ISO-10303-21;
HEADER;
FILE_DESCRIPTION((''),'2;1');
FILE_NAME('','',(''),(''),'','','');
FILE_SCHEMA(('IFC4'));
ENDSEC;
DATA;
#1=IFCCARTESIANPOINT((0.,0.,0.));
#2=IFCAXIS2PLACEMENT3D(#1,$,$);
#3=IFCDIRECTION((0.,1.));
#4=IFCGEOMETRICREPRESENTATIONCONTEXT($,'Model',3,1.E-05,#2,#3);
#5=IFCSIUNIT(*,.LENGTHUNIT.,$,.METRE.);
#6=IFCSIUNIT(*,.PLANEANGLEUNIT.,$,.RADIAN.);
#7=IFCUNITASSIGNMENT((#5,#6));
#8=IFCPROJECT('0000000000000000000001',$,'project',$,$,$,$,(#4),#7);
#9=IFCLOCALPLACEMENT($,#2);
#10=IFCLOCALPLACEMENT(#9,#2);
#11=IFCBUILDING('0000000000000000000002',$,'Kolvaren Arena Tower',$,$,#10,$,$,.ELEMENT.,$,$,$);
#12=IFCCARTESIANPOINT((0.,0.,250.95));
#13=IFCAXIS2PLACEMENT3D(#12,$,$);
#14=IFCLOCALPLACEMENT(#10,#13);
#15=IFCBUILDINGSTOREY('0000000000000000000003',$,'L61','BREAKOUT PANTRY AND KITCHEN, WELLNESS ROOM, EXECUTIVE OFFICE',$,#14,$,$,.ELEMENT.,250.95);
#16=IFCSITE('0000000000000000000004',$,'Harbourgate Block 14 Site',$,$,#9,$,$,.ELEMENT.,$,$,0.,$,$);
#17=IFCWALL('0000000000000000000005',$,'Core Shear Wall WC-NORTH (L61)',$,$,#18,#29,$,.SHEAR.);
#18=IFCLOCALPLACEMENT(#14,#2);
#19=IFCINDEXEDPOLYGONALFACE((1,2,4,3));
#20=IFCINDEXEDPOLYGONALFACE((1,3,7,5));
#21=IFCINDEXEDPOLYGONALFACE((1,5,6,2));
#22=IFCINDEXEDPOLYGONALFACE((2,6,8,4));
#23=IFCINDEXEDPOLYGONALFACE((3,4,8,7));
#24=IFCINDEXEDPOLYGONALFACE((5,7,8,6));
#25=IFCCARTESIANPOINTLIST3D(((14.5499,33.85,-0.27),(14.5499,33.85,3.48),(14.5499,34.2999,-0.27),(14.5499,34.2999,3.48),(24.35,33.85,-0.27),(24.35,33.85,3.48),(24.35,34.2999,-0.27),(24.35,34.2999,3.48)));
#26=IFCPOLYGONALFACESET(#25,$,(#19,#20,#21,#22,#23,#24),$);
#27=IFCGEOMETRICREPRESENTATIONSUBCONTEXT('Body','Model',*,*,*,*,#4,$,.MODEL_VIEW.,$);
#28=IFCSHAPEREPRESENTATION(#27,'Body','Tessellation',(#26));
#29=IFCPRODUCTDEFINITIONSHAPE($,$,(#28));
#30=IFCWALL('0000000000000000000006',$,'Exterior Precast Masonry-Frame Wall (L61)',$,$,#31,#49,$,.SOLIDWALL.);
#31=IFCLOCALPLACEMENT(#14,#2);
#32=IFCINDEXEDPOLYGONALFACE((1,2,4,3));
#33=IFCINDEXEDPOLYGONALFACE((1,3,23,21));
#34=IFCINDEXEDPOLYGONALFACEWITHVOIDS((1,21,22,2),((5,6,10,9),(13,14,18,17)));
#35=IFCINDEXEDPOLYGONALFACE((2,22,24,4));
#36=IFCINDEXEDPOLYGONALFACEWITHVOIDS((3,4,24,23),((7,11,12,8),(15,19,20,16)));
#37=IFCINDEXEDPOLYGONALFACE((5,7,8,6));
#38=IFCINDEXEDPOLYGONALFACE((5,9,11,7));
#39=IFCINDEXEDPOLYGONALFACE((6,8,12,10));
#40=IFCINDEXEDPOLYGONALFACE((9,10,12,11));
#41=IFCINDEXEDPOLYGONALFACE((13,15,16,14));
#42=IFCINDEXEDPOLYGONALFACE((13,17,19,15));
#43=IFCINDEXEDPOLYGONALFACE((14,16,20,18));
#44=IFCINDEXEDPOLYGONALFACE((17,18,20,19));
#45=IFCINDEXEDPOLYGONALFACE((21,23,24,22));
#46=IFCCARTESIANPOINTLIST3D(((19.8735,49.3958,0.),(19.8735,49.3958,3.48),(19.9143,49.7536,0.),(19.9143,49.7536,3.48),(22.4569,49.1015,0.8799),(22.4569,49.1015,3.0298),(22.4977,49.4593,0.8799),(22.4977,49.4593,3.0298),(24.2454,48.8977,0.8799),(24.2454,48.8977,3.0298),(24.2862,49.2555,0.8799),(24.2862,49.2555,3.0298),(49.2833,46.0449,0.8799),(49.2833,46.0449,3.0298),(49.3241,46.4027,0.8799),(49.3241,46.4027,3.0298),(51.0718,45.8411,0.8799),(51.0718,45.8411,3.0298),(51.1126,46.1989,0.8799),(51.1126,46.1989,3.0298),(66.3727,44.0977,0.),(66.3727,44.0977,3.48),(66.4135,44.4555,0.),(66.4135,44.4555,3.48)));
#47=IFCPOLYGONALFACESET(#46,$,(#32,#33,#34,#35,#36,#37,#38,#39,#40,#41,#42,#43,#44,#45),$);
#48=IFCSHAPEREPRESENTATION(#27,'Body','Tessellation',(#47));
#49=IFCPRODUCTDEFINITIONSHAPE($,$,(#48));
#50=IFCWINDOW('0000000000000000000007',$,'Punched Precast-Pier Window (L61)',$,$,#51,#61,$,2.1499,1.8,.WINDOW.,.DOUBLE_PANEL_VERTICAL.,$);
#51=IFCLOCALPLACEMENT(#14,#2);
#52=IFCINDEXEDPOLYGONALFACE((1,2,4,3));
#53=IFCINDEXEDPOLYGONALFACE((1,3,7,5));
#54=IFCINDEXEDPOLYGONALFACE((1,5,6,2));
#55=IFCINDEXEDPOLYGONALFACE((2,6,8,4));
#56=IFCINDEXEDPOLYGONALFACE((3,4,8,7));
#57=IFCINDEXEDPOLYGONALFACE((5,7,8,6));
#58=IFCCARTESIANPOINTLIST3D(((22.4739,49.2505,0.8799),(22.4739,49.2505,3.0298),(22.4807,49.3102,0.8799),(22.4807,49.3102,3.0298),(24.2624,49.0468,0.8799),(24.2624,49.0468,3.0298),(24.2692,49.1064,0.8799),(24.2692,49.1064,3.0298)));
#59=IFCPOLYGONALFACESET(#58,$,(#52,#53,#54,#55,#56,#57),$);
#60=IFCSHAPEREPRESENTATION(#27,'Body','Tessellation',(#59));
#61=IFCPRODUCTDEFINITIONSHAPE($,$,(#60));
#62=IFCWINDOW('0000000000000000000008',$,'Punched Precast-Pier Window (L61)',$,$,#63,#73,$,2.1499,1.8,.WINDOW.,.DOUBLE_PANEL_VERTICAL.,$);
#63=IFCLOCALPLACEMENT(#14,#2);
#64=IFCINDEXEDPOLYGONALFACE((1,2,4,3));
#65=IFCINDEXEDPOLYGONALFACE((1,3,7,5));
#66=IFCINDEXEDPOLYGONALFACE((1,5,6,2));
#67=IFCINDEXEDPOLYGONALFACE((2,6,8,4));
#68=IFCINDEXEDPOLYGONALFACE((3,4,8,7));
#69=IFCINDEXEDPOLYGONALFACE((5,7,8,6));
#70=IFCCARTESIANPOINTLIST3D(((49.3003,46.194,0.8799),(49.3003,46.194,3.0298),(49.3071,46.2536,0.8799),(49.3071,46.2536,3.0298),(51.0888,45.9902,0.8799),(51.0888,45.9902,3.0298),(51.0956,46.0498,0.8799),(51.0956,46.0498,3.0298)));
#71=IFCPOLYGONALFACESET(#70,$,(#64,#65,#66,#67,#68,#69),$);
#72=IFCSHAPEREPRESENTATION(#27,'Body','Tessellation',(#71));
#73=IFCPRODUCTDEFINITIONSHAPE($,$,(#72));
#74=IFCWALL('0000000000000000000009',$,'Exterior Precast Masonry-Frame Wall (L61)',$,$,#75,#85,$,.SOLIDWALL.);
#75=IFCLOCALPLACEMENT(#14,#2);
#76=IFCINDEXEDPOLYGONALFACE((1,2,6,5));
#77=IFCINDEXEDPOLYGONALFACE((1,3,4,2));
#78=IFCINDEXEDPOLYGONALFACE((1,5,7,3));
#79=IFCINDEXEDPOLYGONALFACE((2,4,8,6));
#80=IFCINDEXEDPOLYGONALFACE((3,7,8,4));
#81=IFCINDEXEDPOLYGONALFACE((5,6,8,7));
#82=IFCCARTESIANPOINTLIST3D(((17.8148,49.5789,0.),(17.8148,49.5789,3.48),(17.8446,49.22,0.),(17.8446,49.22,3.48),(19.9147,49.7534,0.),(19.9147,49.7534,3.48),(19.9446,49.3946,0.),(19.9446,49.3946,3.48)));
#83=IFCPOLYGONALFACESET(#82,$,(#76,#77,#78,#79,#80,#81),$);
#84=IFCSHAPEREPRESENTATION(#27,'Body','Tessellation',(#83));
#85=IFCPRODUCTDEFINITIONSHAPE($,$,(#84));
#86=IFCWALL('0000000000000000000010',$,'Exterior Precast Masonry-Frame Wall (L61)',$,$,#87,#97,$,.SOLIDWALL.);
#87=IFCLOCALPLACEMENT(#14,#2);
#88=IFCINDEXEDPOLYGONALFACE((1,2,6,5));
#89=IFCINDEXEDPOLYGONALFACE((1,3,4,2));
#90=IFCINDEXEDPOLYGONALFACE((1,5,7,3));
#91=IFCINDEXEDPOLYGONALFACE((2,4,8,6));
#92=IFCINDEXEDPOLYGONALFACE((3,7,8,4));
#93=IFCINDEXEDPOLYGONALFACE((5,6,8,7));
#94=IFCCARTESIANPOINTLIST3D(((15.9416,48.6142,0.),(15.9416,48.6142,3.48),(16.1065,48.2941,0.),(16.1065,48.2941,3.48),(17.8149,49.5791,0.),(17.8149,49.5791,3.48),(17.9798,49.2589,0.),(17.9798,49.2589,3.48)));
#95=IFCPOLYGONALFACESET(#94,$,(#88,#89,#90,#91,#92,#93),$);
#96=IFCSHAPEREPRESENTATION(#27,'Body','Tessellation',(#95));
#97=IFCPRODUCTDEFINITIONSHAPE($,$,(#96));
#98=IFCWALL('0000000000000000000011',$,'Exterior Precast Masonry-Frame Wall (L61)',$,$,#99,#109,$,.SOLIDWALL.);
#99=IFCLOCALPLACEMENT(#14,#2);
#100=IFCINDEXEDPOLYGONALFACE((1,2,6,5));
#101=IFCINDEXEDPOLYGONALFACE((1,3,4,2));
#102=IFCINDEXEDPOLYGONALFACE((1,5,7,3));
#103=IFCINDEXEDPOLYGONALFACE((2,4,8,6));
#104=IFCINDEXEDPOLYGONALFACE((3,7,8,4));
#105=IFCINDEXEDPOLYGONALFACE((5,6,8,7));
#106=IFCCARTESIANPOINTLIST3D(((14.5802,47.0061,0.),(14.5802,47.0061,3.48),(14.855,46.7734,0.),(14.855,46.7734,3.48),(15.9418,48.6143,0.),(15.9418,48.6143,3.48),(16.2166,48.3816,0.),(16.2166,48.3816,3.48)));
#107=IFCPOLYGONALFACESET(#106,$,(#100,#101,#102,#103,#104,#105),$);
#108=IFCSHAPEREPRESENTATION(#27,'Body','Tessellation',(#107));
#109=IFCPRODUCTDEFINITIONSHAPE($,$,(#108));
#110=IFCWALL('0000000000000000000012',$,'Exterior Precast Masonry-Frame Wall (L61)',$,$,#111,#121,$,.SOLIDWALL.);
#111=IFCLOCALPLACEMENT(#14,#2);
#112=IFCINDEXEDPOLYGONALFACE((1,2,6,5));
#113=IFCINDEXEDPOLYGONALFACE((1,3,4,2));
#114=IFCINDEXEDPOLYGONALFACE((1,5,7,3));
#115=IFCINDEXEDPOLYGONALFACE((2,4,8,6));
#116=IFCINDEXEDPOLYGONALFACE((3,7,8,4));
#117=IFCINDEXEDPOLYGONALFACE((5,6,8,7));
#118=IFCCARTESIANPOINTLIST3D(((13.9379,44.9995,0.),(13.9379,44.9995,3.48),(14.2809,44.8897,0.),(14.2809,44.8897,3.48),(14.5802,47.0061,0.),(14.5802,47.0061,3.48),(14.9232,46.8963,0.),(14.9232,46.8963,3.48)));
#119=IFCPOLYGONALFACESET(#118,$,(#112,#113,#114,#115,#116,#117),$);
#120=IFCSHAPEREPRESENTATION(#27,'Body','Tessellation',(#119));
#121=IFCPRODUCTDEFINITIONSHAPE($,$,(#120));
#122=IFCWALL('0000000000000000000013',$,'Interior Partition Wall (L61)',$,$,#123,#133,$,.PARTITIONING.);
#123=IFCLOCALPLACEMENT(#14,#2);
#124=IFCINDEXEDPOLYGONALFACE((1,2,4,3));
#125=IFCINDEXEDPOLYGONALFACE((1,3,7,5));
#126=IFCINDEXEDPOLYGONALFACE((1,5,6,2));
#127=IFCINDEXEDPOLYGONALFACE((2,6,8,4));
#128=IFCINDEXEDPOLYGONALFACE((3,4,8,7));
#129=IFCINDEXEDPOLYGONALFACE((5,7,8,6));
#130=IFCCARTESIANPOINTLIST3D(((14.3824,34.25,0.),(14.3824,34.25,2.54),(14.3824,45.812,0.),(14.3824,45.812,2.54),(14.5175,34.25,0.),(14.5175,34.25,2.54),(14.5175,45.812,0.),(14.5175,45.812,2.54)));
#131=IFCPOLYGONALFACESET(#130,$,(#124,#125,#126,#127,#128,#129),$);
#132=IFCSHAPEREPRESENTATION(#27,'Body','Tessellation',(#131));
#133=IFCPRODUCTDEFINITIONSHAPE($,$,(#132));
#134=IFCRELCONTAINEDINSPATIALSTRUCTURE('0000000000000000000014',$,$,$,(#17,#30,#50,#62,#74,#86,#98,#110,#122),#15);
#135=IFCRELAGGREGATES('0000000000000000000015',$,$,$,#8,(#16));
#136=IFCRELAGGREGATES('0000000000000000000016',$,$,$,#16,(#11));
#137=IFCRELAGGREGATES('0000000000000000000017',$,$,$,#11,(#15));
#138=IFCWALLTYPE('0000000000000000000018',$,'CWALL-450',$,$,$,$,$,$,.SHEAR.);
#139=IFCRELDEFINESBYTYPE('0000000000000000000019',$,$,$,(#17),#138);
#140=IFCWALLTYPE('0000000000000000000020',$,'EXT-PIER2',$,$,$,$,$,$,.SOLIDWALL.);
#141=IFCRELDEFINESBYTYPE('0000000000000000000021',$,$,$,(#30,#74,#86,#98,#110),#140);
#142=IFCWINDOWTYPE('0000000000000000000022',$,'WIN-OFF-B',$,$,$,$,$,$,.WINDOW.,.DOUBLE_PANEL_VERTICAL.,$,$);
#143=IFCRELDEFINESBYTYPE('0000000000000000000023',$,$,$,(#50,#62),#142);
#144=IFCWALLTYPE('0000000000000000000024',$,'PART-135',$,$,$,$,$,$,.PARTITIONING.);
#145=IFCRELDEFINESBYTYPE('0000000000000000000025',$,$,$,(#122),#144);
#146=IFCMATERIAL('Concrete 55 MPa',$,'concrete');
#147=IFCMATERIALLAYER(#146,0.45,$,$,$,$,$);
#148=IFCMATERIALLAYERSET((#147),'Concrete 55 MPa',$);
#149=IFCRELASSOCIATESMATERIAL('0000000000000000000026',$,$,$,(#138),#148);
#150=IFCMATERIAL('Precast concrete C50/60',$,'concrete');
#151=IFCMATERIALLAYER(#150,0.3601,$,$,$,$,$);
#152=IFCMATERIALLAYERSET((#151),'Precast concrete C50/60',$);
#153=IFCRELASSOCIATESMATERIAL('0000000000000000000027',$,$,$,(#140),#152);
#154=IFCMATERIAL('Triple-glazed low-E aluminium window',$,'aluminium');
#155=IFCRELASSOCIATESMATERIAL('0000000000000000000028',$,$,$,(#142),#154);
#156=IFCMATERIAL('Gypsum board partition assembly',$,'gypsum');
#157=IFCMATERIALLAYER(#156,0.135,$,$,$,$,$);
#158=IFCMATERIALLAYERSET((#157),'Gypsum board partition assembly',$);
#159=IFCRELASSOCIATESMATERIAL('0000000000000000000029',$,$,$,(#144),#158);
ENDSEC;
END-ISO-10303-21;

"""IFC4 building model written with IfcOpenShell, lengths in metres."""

from ifc_helpers import new_model, si_unit, direction, frame, frame_2d, origin, place, context, subcontext, project, spatial, rectangle, extrude, material, layer, layer_set, type_object, element, fill, save


model = new_model("IFC4")

# Units and contexts
model_context = context("Model", 3, precision=1e-05, world=origin(), true_north=direction((0.0, 1.0)))
body_context = subcontext(model_context, "Body", "Model", "MODEL_VIEW")
ifc_project = project(units=[si_unit("LENGTHUNIT", "METRE"), si_unit("PLANEANGLEUNIT", "RADIAN")], contexts=[model_context])

# Site, building, storey
site_placement = place(None, origin())
site = spatial("IfcSite", under=ifc_project, at=site_placement, Name="Harbourgate Block 14 Site", CompositionType="ELEMENT", RefElevation=0.0)
building_placement = place(site_placement, origin())
building = spatial("IfcBuilding", under=site, at=building_placement, Name="Kolvaren Arena Tower", CompositionType="ELEMENT")
storey_placement = place(building_placement, frame((0.0, 0.0, 250.95)))
storey = spatial("IfcBuildingStorey", under=building, at=storey_placement, Name="L61", Description="BREAKOUT PANTRY AND KITCHEN, WELLNESS ROOM, EXECUTIVE OFFICE", CompositionType="ELEMENT", Elevation=250.95)

# Wall
ifc_material_1 = material(Name="Concrete 55 MPa", Category="concrete")
ifc_layer_1 = layer(ifc_material_1, 0.45)
ifc_layer_set_1 = layer_set([ifc_layer_1], Name="Concrete 55 MPa")
wall_type_1 = type_object("IfcWallType", Name="CWALL-450", PredefinedType="SHEAR", material=ifc_layer_set_1)
wall_1_placement = place(storey_placement, frame((14.55, 34.075, -0.27), z_axis=(0.0, 0.0, 1.0), x_axis=(1.0, 0.0, 0.0)))
element("IfcWall", 1, at=wall_1_placement, inside=storey, type_object=wall_type_1, Name="Core Shear Wall WC-NORTH (L61)", PredefinedType="SHEAR", context=body_context, shape_type="SweptSolid", body=[
    extrude(rectangle(XDim=9.8, YDim=0.45, at=frame_2d((4.8999, 0.0))), origin(), (0.0, 0.0, 1.0), 3.75),
])

# Wall, openings, windows
ifc_material_2 = material(Name="Precast concrete C50/60", Category="concrete")
ifc_layer_2 = layer(ifc_material_2, 0.3601)
ifc_layer_set_2 = layer_set([ifc_layer_2], Name="Precast concrete C50/60")
wall_type_2 = type_object("IfcWallType", Name="EXT-PIER2", PredefinedType="SOLIDWALL", material=ifc_layer_set_2)
wall_2_placement = place(storey_placement, frame((19.894, 49.5747, 0.0), z_axis=(0.0, 0.0, 1.0), x_axis=(0.993571, -0.113207, 0.0)))
wall_2 = element("IfcWall", 2, at=wall_2_placement, inside=storey, type_object=wall_type_2, Name="Exterior Precast Masonry-Frame Wall (L61)", PredefinedType="SOLIDWALL", context=body_context, shape_type="SweptSolid", body=[
    extrude(rectangle(XDim=46.8, YDim=0.3601, at=frame_2d((23.3999, 0.0))), origin(), (0.0, 0.0, 1.0), 3.48),
])
opening_1_placement = place(wall_2_placement, frame((2.6001, 0.0, 0.8799)))
opening_1 = element("IfcOpeningElement", 3, at=opening_1_placement, cuts=wall_2, PredefinedType="OPENING", context=body_context, shape_type="SweptSolid", body=[
    extrude(rectangle(XDim=1.8, YDim=2.1499, at=frame_2d((0.8999, 1.075))), frame((0.0, 0.1899, 0.0), z_axis=(0.0, -1.0, 0.0), x_axis=(1.0, 0.0, 0.0)), (0.0, 0.0, 1.0), 0.3801),
])
opening_2_placement = place(wall_2_placement, frame((29.6001, 0.0, 0.8799)))
opening_2 = element("IfcOpeningElement", 4, at=opening_2_placement, cuts=wall_2, PredefinedType="OPENING", context=body_context, shape_type="SweptSolid", body=[
    extrude(rectangle(XDim=1.8, YDim=2.1499, at=frame_2d((0.8999, 1.075))), frame((0.0, 0.1899, 0.0), z_axis=(0.0, -1.0, 0.0), x_axis=(1.0, 0.0, 0.0)), (0.0, 0.0, 1.0), 0.3801),
])
ifc_material_3 = material(Name="Triple-glazed low-E aluminium window", Category="aluminium")
window_type = type_object("IfcWindowType", Name="WIN-OFF-B", PartitioningType="DOUBLE_PANEL_VERTICAL", PredefinedType="WINDOW", material=ifc_material_3)
window_1_placement = place(opening_1_placement, origin())
window_1 = element("IfcWindow", 5, at=window_1_placement, inside=storey, type_object=window_type, Name="Punched Precast-Pier Window (L61)", OverallHeight=2.1499, OverallWidth=1.8, PartitioningType="DOUBLE_PANEL_VERTICAL", PredefinedType="WINDOW", context=body_context, shape_type="SweptSolid", body=[
    extrude(rectangle(XDim=1.8, YDim=2.1499, at=frame_2d((0.8999, 1.075))), frame((0.0, 0.03, 0.0), z_axis=(0.0, -1.0, 0.0), x_axis=(1.0, 0.0, 0.0)), (0.0, 0.0, 1.0), 0.0601),
])
fill(opening_1, window_1)
window_2_placement = place(opening_2_placement, origin())
window_2 = element("IfcWindow", 6, at=window_2_placement, inside=storey, type_object=window_type, Name="Punched Precast-Pier Window (L61)", OverallHeight=2.1499, OverallWidth=1.8, PartitioningType="DOUBLE_PANEL_VERTICAL", PredefinedType="WINDOW", context=body_context, shape_type="SweptSolid", body=[
    extrude(rectangle(XDim=1.8, YDim=2.1499, at=frame_2d((0.8999, 1.075))), frame((0.0, 0.03, 0.0), z_axis=(0.0, -1.0, 0.0), x_axis=(1.0, 0.0, 0.0)), (0.0, 0.0, 1.0), 0.0601),
])
fill(opening_2, window_2)

# Walls
for number, where, z_axis, x_axis, name in (
    (7, (17.8296, 49.3994, 0.0), (0.0, 0.0, 1.0), (0.996563, 0.082844, 0.0), "Exterior Precast Masonry-Frame Wall (L61)"),
    (8, (16.0239, 48.4541, 0.0), (0.0, 0.0, 1.0), (0.88901, 0.457887, 0.0), "Exterior Precast Masonry-Frame Wall (L61)"),
    (9, (14.7175, 46.8896, 0.0), (0.0, 0.0, 1.0), (0.646171, 0.763193, 0.0), "Exterior Precast Masonry-Frame Wall (L61)"),
):
    element("IfcWall", number, at=place(storey_placement, frame(where, z_axis=z_axis, x_axis=x_axis)), inside=storey, type_object=wall_type_2, Name=name, PredefinedType="SOLIDWALL", context=body_context, shape_type="SweptSolid", body=[
        extrude(rectangle(XDim=2.1072, YDim=0.3601, at=frame_2d((1.0537, 0.0))), origin(), (0.0, 0.0, 1.0), 3.48),
    ])
wall_3_placement = place(storey_placement, frame((14.1094, 44.9446, 0.0), z_axis=(0.0, 0.0, 1.0), x_axis=(0.304872, 0.952393, 0.0)))
element("IfcWall", 10, at=wall_3_placement, inside=storey, type_object=wall_type_2, Name="Exterior Precast Masonry-Frame Wall (L61)", PredefinedType="SOLIDWALL", context=body_context, shape_type="SweptSolid", body=[
    extrude(rectangle(XDim=2.1069, YDim=0.3601, at=frame_2d((1.0535, 0.0))), origin(), (0.0, 0.0, 1.0), 3.48),
])
ifc_material_4 = material(Name="Gypsum board partition assembly", Category="gypsum")
ifc_layer_3 = layer(ifc_material_4, 0.135)
ifc_layer_set_3 = layer_set([ifc_layer_3], Name="Gypsum board partition assembly")
wall_type_3 = type_object("IfcWallType", Name="PART-135", PredefinedType="PARTITIONING", material=ifc_layer_set_3)
wall_4_placement = place(storey_placement, frame((14.45, 34.25, 0.0), z_axis=(0.0, 0.0, 1.0), x_axis=(0.0, 1.0, 0.0)))
element("IfcWall", 11, at=wall_4_placement, inside=storey, type_object=wall_type_3, Name="Interior Partition Wall (L61)", PredefinedType="PARTITIONING", context=body_context, shape_type="SweptSolid", body=[
    extrude(rectangle(XDim=11.562, YDim=0.135, at=frame_2d((5.781, 0.0))), origin(), (0.0, 0.0, 1.0), 2.54),
])

save(model, "model.ifc")
